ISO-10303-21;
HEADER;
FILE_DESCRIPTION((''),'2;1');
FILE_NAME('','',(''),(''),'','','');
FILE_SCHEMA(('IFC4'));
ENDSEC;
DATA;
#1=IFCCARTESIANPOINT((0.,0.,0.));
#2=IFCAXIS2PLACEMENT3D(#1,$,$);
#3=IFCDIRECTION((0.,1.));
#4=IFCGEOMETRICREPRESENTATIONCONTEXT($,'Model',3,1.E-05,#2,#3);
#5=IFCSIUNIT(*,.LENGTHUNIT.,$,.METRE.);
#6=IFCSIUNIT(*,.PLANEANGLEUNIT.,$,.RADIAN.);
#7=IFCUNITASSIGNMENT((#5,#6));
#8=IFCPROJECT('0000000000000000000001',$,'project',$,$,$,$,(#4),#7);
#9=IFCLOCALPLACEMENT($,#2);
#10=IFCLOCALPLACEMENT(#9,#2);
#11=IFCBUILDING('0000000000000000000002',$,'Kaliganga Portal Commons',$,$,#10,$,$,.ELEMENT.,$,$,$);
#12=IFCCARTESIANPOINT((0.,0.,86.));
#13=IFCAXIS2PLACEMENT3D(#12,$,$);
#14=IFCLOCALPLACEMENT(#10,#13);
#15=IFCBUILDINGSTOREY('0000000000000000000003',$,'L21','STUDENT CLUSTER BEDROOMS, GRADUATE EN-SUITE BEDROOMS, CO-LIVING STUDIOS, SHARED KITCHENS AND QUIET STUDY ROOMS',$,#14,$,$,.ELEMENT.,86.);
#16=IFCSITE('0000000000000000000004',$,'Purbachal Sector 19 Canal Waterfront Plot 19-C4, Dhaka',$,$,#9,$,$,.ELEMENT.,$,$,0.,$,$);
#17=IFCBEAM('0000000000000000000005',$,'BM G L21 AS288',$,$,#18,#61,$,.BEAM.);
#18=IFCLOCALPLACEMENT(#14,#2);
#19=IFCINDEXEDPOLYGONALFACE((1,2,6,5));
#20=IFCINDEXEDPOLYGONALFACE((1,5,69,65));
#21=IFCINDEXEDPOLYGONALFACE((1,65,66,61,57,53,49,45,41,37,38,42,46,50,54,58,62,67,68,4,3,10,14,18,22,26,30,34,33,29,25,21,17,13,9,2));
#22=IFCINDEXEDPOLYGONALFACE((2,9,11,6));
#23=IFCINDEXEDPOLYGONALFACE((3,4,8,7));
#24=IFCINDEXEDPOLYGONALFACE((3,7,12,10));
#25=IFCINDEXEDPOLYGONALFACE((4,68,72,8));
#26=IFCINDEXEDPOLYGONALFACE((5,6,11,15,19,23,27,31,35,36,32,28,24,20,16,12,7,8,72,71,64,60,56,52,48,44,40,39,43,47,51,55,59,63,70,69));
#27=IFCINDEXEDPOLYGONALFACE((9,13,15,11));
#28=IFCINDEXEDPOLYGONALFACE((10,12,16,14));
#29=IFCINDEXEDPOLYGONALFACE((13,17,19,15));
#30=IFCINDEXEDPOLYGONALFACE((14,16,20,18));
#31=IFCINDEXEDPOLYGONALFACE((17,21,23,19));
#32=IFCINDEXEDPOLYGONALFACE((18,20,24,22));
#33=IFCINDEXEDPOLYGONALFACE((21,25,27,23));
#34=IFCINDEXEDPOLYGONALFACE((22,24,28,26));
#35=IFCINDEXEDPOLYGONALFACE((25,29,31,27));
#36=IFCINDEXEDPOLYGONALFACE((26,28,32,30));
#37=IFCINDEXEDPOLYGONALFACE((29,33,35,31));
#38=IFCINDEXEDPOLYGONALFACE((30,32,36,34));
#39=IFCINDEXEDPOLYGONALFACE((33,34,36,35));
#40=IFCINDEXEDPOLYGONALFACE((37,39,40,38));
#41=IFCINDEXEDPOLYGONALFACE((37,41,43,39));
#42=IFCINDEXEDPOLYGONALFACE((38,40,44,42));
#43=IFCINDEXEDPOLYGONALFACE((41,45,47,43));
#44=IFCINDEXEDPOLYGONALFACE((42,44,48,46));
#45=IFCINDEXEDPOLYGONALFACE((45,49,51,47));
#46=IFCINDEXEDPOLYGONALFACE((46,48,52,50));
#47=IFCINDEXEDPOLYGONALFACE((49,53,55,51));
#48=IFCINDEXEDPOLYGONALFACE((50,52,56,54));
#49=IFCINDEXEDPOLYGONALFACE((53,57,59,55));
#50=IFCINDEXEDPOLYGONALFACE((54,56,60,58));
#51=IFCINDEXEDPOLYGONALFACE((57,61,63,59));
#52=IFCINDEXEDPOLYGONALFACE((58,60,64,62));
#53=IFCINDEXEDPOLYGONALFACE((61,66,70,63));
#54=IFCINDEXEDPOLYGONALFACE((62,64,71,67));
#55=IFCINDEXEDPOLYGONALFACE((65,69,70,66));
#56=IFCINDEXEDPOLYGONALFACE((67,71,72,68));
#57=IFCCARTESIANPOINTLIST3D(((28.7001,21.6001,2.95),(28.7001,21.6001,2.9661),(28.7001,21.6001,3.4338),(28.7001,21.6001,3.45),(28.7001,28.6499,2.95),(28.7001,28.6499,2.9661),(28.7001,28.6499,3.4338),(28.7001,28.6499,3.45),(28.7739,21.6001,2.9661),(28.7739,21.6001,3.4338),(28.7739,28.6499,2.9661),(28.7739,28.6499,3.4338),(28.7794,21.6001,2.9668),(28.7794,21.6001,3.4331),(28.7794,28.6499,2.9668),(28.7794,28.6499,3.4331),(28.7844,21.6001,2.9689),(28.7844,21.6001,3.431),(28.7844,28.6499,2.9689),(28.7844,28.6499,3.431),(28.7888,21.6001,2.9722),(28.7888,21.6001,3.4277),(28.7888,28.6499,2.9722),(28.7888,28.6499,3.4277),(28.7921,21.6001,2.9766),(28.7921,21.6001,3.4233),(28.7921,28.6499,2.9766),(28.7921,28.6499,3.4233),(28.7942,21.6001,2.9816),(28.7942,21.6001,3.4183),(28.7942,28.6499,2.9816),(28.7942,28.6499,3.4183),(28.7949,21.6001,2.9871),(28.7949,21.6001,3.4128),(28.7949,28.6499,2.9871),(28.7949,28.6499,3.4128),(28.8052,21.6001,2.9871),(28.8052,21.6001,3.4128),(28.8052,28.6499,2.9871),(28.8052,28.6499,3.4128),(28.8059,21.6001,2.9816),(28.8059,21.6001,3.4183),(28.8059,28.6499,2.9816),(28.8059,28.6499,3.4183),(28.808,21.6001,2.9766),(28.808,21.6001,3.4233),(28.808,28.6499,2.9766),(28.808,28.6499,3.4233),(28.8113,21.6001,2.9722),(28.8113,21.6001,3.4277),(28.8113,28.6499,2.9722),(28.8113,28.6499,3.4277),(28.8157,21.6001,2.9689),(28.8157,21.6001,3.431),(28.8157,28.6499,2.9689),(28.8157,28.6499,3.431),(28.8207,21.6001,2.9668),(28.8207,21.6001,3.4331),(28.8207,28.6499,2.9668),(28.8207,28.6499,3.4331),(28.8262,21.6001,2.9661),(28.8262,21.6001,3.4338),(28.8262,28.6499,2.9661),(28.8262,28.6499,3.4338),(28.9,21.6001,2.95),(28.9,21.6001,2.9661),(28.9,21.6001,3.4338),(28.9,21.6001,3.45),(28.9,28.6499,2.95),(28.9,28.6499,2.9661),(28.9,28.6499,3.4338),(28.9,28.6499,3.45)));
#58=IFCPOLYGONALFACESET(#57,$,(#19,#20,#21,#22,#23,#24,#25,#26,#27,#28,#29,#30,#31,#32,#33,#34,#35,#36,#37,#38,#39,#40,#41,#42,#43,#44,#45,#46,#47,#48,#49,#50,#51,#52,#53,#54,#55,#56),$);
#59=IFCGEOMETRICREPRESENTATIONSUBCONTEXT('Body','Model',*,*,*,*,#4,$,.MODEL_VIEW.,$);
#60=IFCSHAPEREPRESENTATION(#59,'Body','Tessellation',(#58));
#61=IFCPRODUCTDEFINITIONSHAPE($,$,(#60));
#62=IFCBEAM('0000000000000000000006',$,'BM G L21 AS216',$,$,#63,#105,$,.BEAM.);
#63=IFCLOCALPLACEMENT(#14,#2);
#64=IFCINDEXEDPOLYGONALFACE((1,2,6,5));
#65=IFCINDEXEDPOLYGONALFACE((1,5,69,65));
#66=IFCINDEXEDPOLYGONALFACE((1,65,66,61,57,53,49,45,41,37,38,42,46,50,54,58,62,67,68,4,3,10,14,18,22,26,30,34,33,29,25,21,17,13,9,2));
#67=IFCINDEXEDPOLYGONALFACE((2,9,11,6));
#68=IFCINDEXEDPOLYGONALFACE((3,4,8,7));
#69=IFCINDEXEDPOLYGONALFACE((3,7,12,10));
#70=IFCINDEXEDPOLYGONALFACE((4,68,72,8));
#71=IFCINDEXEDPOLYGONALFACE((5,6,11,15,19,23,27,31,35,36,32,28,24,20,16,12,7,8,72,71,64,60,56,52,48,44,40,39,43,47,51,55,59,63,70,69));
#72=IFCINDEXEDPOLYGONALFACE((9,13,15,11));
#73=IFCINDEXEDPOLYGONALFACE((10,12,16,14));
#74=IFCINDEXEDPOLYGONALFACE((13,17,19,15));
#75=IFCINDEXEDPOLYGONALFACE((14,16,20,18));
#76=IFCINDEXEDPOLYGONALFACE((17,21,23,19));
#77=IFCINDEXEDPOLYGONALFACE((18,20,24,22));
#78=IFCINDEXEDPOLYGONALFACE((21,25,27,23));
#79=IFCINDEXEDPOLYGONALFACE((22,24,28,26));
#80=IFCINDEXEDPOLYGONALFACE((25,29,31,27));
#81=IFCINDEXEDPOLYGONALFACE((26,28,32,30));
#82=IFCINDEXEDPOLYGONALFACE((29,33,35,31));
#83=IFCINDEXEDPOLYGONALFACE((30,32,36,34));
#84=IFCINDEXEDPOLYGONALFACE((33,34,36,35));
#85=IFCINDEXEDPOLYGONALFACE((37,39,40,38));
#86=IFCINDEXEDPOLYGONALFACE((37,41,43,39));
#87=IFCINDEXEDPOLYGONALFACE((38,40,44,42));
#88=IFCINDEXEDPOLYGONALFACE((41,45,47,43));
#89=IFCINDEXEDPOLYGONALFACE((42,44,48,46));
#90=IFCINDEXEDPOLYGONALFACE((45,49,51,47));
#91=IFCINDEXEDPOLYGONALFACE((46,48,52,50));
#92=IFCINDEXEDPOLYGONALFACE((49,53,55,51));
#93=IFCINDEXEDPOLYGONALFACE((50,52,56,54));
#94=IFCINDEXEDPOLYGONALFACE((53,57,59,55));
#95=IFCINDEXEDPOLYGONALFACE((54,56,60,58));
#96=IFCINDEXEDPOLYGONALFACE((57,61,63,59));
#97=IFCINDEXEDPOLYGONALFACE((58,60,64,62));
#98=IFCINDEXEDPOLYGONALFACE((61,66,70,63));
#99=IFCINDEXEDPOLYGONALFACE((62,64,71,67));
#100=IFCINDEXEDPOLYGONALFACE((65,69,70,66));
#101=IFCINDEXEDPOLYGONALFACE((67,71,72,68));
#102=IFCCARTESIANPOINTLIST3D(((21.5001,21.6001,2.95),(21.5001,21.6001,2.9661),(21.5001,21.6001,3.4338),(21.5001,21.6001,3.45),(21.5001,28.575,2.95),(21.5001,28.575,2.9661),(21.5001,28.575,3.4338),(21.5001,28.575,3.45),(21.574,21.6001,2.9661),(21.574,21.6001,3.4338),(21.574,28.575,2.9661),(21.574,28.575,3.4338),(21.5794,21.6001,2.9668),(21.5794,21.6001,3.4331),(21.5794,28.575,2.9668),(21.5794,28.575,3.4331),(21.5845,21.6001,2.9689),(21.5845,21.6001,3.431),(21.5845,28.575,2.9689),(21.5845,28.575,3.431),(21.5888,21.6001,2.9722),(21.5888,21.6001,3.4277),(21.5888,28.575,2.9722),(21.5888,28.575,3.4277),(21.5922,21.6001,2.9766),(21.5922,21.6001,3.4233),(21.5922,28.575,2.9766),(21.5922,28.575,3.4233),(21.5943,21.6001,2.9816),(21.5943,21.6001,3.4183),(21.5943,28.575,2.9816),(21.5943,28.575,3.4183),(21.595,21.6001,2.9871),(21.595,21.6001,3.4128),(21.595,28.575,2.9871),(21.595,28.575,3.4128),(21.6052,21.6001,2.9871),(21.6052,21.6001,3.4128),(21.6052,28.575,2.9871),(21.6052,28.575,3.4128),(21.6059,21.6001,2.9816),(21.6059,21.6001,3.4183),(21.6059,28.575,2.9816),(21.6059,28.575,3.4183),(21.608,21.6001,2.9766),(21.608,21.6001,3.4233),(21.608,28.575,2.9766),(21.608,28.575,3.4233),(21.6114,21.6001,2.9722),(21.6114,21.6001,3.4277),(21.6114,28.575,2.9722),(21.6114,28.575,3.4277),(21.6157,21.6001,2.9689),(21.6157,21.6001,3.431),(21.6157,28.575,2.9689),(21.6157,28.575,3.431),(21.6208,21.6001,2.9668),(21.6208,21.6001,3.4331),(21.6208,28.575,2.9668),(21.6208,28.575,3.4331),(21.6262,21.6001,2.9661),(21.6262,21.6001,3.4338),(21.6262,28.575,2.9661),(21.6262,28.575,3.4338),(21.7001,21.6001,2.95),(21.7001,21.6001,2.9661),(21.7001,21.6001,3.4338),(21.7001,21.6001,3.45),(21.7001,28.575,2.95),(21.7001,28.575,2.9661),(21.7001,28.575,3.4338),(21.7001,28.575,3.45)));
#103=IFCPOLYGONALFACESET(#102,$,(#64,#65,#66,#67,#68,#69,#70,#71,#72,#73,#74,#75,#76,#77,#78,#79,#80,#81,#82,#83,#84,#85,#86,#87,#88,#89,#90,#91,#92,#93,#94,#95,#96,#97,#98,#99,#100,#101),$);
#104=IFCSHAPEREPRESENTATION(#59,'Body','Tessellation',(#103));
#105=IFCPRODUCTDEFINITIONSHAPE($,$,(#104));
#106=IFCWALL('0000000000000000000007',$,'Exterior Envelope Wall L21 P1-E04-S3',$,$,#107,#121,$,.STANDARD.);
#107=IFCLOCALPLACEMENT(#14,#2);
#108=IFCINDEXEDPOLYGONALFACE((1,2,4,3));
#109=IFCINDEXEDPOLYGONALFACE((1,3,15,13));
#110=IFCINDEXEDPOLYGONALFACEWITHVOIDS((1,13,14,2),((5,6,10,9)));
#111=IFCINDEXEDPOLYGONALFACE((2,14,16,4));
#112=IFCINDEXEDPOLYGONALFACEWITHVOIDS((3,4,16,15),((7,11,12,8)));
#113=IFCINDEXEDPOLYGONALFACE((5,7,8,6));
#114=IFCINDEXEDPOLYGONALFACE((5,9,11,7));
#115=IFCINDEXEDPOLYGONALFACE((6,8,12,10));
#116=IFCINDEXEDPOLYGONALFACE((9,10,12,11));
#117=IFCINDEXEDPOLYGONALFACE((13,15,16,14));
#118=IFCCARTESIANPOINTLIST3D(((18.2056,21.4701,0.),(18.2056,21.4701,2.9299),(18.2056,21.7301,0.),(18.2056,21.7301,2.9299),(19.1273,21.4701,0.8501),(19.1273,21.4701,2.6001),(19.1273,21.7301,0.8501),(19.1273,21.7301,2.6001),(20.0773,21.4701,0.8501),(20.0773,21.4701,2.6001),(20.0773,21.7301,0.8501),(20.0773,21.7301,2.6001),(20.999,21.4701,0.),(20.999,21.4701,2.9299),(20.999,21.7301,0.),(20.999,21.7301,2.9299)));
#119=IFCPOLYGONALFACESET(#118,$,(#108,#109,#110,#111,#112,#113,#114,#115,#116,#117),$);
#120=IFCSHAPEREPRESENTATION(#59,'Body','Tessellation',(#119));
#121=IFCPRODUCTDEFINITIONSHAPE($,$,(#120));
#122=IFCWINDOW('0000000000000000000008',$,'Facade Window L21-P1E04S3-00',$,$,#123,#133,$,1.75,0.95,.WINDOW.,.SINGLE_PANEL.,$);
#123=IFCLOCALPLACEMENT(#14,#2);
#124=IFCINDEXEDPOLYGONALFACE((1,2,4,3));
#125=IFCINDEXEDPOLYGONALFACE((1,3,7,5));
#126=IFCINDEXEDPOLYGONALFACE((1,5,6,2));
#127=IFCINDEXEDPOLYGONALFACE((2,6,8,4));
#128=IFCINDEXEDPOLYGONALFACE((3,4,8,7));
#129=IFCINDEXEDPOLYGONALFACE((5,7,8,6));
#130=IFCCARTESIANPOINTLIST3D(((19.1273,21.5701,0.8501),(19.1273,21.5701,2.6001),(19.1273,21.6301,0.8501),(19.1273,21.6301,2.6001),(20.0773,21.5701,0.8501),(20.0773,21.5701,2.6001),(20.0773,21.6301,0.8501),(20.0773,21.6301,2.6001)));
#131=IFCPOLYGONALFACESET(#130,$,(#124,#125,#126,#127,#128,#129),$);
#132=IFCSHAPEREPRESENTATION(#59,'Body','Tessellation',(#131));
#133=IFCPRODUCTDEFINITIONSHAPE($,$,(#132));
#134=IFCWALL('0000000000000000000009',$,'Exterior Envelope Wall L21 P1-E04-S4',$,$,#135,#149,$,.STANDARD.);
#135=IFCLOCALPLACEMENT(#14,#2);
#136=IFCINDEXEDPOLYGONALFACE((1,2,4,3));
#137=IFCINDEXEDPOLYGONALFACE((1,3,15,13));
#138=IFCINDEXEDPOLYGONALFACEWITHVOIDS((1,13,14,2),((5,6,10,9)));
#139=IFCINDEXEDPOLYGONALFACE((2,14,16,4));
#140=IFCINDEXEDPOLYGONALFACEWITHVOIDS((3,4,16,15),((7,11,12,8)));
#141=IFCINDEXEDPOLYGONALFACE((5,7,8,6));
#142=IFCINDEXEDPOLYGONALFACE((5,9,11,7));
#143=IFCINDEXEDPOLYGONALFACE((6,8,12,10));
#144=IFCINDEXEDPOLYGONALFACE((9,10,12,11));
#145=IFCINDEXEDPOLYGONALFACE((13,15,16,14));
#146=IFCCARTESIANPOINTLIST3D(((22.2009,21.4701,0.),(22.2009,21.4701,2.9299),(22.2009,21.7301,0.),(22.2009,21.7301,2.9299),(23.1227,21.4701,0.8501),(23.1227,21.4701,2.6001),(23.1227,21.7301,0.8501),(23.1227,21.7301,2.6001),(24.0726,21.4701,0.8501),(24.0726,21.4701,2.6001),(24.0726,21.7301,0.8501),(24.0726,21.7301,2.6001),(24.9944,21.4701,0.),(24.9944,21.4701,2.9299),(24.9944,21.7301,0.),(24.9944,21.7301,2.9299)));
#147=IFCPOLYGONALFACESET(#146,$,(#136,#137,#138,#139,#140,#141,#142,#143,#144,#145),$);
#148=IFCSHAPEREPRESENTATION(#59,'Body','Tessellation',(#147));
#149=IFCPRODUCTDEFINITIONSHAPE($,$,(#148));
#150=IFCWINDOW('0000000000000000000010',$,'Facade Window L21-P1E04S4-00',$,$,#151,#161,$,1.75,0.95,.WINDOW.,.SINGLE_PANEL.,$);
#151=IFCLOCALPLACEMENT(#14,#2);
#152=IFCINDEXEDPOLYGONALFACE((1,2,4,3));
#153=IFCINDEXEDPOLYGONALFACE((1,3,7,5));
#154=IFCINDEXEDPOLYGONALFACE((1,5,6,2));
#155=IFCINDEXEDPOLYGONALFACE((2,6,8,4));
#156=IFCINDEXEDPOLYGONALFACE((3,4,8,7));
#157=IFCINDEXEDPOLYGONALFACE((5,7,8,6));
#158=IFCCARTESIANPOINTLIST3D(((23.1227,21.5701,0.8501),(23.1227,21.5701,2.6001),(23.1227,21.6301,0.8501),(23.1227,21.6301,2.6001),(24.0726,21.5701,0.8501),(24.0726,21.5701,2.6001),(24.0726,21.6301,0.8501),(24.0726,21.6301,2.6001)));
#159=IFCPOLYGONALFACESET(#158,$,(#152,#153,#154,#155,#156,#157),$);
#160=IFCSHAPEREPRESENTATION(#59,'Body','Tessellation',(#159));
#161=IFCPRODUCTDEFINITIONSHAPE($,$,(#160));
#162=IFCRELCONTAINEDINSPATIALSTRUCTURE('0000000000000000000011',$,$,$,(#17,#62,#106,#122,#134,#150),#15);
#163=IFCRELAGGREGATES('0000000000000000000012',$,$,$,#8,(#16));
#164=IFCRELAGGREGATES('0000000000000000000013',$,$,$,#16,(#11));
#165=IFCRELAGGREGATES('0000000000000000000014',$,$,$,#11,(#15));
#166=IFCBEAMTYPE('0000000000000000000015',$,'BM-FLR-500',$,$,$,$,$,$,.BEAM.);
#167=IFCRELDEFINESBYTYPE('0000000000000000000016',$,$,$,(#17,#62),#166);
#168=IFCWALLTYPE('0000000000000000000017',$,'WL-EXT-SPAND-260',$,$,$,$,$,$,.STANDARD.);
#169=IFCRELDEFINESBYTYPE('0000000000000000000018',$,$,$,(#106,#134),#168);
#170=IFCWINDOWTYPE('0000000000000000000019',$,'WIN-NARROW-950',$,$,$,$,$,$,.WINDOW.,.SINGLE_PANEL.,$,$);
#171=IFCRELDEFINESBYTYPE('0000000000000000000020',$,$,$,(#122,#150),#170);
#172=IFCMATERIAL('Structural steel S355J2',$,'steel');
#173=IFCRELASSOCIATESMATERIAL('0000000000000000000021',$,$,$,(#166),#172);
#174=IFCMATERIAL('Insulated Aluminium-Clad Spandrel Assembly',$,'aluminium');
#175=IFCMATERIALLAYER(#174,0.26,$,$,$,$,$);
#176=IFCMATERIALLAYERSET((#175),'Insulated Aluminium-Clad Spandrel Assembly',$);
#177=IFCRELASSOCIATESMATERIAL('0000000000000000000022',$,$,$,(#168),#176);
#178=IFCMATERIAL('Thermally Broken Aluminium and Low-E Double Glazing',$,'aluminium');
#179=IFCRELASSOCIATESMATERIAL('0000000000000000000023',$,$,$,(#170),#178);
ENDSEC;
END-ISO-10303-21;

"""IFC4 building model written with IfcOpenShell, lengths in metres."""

from ifc_helpers import new_model, si_unit, direction, frame, frame_2d, origin, origin_2d, place, context, subcontext, project, spatial, rectangle, i_section, extrude, source, transform, mapped, material, layer, layer_set, material_profile, profile_set, type_object, element, fill, save


model = new_model("IFC4")

# Units and contexts
model_context = context("Model", 3, precision=1e-05, world=origin(), true_north=direction((0.0, 1.0)))
body_context = subcontext(model_context, "Body", "Model", "MODEL_VIEW")
ifc_project = project(units=[si_unit("LENGTHUNIT", "METRE"), si_unit("PLANEANGLEUNIT", "RADIAN")], contexts=[model_context])

# Site, building, storey
site_placement = place(None, origin())
site = spatial("IfcSite", under=ifc_project, at=site_placement, Name="Purbachal Sector 19 Canal Waterfront Plot 19-C4, Dhaka", CompositionType="ELEMENT", RefElevation=0.0)
building_placement = place(site_placement, origin())
building = spatial("IfcBuilding", under=site, at=building_placement, Name="Kaliganga Portal Commons", CompositionType="ELEMENT")
storey_placement = place(building_placement, frame((0.0, 0.0, 86.0)))
storey = spatial("IfcBuildingStorey", under=building, at=storey_placement, Name="L21", Description="STUDENT CLUSTER BEDROOMS, GRADUATE EN-SUITE BEDROOMS, CO-LIVING STUDIOS, SHARED KITCHENS AND QUIET STUDY ROOMS", CompositionType="ELEMENT", Elevation=86.0)

# Beams
ifc_material_1 = material(Name="Structural steel S355J2", Category="steel")
ifc_material_profile_1 = material_profile(ifc_material_1, i_section(OverallWidth=0.2, OverallDepth=0.5, WebThickness=0.0103, FlangeThickness=0.0161, FilletRadius=0.021, at=origin_2d()), Name="IPE 500")
ifc_profile_set_1 = profile_set([ifc_material_profile_1], Name="Structural steel S355J2 wide-flange")
beam_type_1 = type_object("IfcBeamType", Name="BM-FLR-500", PredefinedType="BEAM", material=ifc_profile_set_1)
shared_shape_1 = source(origin(), body_context, "Body", "SweptSolid", [
    extrude(i_section(OverallWidth=0.2, OverallDepth=0.5, WebThickness=0.0103, FlangeThickness=0.0161, FilletRadius=0.021, at=origin_2d()), origin(), (0.0, 0.0, 1.0), 7.0498),
])
beam_1_placement = place(storey_placement, frame((28.8, 21.6001, 3.2), z_axis=(0.0, 1.0, 0.0), x_axis=(-1.0, 0.0, 0.0)))
element("IfcBeam", 1, at=beam_1_placement, inside=storey, type_object=beam_type_1, Name="BM G L21 AS288", PredefinedType="BEAM", context=body_context, shape_type="MappedRepresentation", body=[
    mapped(shared_shape_1, transform((0.0, 0.0, 0.0), x_axis=(1.0, 0.0, 0.0), y_axis=(0.0, 1.0, 0.0), z_axis=(0.0, 0.0, 1.0), scale=1.0)),
])
shared_shape_2 = source(origin(), body_context, "Body", "SweptSolid", [
    extrude(i_section(OverallWidth=0.2, OverallDepth=0.5, WebThickness=0.0103, FlangeThickness=0.0161, FilletRadius=0.021, at=origin_2d()), origin(), (0.0, 0.0, 1.0), 6.9749),
])
beam_2_placement = place(storey_placement, frame((21.6001, 21.6001, 3.2), z_axis=(0.0, 1.0, 0.0), x_axis=(-1.0, 0.0, 0.0)))
element("IfcBeam", 2, at=beam_2_placement, inside=storey, type_object=beam_type_1, Name="BM G L21 AS216", PredefinedType="BEAM", context=body_context, shape_type="MappedRepresentation", body=[
    mapped(shared_shape_2, transform((0.0, 0.0, 0.0), x_axis=(1.0, 0.0, 0.0), y_axis=(0.0, 1.0, 0.0), z_axis=(0.0, 0.0, 1.0), scale=1.0)),
])

# Walls, openings, windows
ifc_material_2 = material(Name="Insulated Aluminium-Clad Spandrel Assembly", Category="aluminium")
ifc_layer_1 = layer(ifc_material_2, 0.26)
ifc_layer_set_1 = layer_set([ifc_layer_1], Name="Insulated Aluminium-Clad Spandrel Assembly")
wall_type_1 = type_object("IfcWallType", Name="WL-EXT-SPAND-260", PredefinedType="STANDARD", material=ifc_layer_set_1)
wall_1_placement = place(storey_placement, frame((20.999, 21.6001, 0.0), z_axis=(0.0, 0.0, 1.0), x_axis=(-1.0, 0.0, 0.0)))
wall_1 = element("IfcWall", 3, at=wall_1_placement, inside=storey, type_object=wall_type_1, Name="Exterior Envelope Wall L21 P1-E04-S3", PredefinedType="STANDARD", context=body_context, shape_type="SweptSolid", body=[
    extrude(rectangle(XDim=2.7935, YDim=0.26, at=frame_2d((1.3967, 0.0))), origin(), (0.0, 0.0, 1.0), 2.9299),
])
opening_1_placement = place(wall_1_placement, frame((0.9216, 0.0, 0.8501)))
opening_1 = element("IfcOpeningElement", 4, at=opening_1_placement, cuts=wall_1, PredefinedType="OPENING", context=body_context, shape_type="SweptSolid", body=[
    extrude(rectangle(XDim=0.95, YDim=1.75, at=frame_2d((0.4751, 0.875))), frame((0.0, 0.1401, 0.0), z_axis=(0.0, -1.0, 0.0), x_axis=(1.0, 0.0, 0.0)), (0.0, 0.0, 1.0), 0.28),
])
ifc_material_3 = material(Name="Thermally Broken Aluminium and Low-E Double Glazing", Category="aluminium")
window_type_1 = type_object("IfcWindowType", Name="WIN-NARROW-950", PartitioningType="SINGLE_PANEL", PredefinedType="WINDOW", material=ifc_material_3)
window_1_placement = place(opening_1_placement, origin())
window_1 = element("IfcWindow", 5, at=window_1_placement, inside=storey, type_object=window_type_1, Name="Facade Window L21-P1E04S3-00", OverallHeight=1.75, OverallWidth=0.95, PartitioningType="SINGLE_PANEL", PredefinedType="WINDOW", context=body_context, shape_type="SweptSolid", body=[
    extrude(rectangle(XDim=0.95, YDim=1.75, at=frame_2d((0.4751, 0.875))), frame((0.0, 0.03, 0.0), z_axis=(0.0, -1.0, 0.0), x_axis=(1.0, 0.0, 0.0)), (0.0, 0.0, 1.0), 0.0601),
])
fill(opening_1, window_1)
wall_2_placement = place(storey_placement, frame((24.9944, 21.6001, 0.0), z_axis=(0.0, 0.0, 1.0), x_axis=(-1.0, 0.0, 0.0)))
wall_2 = element("IfcWall", 6, at=wall_2_placement, inside=storey, type_object=wall_type_1, Name="Exterior Envelope Wall L21 P1-E04-S4", PredefinedType="STANDARD", context=body_context, shape_type="SweptSolid", body=[
    extrude(rectangle(XDim=2.7935, YDim=0.26, at=frame_2d((1.3967, 0.0))), origin(), (0.0, 0.0, 1.0), 2.9299),
])
opening_2_placement = place(wall_2_placement, frame((0.9216, 0.0, 0.8501)))
opening_2 = element("IfcOpeningElement", 7, at=opening_2_placement, cuts=wall_2, PredefinedType="OPENING", context=body_context, shape_type="SweptSolid", body=[
    extrude(rectangle(XDim=0.95, YDim=1.75, at=frame_2d((0.4751, 0.875))), frame((0.0, 0.1401, 0.0), z_axis=(0.0, -1.0, 0.0), x_axis=(1.0, 0.0, 0.0)), (0.0, 0.0, 1.0), 0.28),
])
window_2_placement = place(opening_2_placement, origin())
window_2 = element("IfcWindow", 8, at=window_2_placement, inside=storey, type_object=window_type_1, Name="Facade Window L21-P1E04S4-00", OverallHeight=1.75, OverallWidth=0.95, PartitioningType="SINGLE_PANEL", PredefinedType="WINDOW", context=body_context, shape_type="SweptSolid", body=[
    extrude(rectangle(XDim=0.95, YDim=1.75, at=frame_2d((0.4751, 0.875))), frame((0.0, 0.03, 0.0), z_axis=(0.0, -1.0, 0.0), x_axis=(1.0, 0.0, 0.0)), (0.0, 0.0, 1.0), 0.0601),
])
fill(opening_2, window_2)

save(model, "model.ifc")
